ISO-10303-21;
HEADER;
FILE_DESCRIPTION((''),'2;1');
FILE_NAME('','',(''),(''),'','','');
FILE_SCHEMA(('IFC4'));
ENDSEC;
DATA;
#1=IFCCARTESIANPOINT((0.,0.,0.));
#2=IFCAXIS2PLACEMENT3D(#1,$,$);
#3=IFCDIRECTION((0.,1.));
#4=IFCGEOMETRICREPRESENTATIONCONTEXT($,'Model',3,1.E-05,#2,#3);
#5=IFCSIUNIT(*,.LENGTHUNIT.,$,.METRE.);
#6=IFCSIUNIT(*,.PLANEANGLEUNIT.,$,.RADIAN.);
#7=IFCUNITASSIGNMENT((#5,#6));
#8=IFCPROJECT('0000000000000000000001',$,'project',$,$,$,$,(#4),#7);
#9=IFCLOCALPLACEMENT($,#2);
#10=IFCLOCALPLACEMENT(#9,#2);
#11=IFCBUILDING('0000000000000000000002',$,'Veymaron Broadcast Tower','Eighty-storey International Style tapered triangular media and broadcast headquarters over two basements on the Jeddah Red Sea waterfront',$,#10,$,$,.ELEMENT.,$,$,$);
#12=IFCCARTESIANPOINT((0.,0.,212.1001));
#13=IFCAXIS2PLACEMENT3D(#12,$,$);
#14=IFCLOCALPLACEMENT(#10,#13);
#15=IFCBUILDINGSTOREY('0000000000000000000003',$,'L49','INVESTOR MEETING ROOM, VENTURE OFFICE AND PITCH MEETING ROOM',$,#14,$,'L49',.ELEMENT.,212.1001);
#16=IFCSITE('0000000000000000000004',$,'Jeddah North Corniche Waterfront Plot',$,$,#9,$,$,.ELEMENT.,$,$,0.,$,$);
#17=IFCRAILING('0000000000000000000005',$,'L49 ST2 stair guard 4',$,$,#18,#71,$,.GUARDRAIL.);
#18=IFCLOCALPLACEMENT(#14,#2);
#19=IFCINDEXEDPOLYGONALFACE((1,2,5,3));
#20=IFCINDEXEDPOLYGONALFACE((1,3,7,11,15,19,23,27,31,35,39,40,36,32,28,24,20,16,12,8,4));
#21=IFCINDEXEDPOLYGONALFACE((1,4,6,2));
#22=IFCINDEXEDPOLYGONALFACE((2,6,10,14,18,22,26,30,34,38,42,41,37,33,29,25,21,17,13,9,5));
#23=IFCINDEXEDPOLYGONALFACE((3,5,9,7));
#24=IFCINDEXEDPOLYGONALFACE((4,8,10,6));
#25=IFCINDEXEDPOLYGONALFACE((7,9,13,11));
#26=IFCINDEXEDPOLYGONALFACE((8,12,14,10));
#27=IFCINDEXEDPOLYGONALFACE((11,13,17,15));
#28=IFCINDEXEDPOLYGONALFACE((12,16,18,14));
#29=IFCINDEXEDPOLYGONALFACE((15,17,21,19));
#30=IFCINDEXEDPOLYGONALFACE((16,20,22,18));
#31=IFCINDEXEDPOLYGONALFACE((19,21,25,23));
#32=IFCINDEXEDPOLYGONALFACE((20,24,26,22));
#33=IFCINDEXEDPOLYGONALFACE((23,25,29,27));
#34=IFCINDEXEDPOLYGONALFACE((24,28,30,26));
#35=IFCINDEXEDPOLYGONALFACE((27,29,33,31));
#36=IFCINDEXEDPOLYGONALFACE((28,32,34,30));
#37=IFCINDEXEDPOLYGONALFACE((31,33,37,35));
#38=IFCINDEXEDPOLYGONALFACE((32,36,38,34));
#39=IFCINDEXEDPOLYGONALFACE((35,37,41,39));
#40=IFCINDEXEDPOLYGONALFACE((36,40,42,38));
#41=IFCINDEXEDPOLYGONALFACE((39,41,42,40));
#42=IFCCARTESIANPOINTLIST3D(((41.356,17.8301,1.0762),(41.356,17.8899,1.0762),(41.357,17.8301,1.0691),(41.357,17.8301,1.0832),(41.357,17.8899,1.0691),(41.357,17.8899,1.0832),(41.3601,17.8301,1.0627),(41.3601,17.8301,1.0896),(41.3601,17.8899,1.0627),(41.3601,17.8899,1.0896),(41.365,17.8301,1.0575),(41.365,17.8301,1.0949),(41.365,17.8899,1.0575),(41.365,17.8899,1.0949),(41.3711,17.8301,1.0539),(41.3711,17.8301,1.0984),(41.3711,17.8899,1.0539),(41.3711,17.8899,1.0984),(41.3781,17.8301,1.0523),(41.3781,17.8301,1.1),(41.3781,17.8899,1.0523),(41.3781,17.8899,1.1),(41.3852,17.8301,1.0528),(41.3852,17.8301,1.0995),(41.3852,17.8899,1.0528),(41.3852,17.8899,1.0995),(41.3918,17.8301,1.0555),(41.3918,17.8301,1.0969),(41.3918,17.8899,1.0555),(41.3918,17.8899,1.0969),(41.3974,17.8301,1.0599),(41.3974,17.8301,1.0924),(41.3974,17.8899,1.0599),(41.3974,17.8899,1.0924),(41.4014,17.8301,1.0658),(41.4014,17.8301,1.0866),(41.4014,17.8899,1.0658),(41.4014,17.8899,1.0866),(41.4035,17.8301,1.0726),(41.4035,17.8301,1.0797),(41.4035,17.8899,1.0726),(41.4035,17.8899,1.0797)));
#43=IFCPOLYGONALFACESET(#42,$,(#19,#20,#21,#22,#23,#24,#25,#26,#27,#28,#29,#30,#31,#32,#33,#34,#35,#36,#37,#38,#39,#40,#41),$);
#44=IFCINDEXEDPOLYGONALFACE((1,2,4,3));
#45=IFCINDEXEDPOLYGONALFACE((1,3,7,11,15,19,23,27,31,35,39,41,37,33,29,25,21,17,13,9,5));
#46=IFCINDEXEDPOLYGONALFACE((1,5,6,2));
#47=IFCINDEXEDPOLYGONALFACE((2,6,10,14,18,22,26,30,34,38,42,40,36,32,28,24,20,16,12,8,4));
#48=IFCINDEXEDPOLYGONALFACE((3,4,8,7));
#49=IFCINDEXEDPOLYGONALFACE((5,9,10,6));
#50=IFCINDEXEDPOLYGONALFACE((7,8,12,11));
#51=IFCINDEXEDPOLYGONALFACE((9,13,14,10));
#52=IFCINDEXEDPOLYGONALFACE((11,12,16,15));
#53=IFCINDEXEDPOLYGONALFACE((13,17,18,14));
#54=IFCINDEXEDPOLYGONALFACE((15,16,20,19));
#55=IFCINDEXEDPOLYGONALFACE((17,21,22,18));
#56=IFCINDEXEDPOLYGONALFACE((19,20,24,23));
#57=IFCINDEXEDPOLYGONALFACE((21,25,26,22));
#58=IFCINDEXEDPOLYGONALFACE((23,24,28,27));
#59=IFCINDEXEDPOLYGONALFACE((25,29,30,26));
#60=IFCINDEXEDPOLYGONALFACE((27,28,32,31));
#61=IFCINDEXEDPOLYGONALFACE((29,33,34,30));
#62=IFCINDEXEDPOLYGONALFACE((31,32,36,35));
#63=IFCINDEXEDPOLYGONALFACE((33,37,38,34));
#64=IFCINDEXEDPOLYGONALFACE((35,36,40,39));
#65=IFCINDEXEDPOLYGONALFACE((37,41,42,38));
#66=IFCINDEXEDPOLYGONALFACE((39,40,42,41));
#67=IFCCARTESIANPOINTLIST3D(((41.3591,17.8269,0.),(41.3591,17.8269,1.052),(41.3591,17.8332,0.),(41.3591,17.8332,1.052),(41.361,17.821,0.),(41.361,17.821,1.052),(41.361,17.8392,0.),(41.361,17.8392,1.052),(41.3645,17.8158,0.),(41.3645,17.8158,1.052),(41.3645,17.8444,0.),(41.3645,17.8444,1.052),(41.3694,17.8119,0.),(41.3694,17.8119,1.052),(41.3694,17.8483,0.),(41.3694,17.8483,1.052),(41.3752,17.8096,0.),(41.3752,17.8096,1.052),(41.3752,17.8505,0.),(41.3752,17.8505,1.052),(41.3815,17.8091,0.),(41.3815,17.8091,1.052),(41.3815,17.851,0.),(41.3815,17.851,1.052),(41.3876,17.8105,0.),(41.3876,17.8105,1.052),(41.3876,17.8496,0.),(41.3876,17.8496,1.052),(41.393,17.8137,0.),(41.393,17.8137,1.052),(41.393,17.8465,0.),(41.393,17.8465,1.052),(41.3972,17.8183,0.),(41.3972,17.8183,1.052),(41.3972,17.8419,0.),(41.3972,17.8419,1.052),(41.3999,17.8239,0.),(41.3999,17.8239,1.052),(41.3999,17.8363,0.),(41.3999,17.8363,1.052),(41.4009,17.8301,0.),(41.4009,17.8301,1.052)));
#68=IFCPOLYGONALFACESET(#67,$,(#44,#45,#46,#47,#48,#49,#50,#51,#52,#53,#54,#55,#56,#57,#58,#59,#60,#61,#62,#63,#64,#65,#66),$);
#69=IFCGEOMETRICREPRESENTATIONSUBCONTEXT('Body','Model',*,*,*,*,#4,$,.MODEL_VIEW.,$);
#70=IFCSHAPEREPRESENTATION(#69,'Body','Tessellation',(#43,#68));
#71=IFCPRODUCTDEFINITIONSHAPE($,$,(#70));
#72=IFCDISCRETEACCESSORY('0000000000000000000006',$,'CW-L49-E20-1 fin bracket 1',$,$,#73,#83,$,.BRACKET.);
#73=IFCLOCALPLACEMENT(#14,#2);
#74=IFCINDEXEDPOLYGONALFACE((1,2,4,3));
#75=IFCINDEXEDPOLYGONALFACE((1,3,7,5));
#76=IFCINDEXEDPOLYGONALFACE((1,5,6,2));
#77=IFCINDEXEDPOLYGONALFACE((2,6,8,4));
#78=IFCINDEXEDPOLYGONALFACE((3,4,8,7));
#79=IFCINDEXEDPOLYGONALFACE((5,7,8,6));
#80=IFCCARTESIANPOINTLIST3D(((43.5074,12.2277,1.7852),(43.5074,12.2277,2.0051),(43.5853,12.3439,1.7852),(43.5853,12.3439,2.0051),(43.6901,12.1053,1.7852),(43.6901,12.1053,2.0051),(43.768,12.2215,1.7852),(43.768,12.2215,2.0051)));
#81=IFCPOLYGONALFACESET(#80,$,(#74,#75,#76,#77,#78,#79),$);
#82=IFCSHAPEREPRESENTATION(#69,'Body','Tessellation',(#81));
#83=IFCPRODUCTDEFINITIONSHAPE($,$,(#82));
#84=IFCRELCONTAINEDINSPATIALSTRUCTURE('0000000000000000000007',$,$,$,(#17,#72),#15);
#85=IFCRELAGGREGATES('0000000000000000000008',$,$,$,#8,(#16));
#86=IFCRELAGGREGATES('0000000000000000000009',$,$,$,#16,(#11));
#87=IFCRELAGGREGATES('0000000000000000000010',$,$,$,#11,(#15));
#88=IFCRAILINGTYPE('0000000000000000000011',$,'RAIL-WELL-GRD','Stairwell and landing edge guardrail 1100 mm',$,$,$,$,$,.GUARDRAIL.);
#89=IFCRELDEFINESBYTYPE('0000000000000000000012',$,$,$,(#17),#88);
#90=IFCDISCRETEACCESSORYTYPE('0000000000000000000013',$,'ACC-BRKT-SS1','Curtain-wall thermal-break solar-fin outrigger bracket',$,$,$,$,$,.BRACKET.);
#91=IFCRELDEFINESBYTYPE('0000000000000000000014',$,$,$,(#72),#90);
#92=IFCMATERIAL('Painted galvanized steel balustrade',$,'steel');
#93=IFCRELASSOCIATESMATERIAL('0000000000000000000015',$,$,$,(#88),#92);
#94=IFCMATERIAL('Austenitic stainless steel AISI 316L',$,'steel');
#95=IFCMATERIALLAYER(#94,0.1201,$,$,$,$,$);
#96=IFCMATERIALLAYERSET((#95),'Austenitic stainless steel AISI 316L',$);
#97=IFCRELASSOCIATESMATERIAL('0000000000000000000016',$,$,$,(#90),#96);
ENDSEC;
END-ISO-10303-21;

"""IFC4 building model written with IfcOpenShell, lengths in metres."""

from ifc_helpers import new_model, si_unit, direction, frame, origin, origin_2d, place, context, subcontext, project, spatial, rectangle, circle, extrude, material, layer, layer_set, type_object, element, save


model = new_model("IFC4")

# Units and contexts
model_context = context("Model", 3, precision=1e-05, world=origin(), true_north=direction((0.0, 1.0)))
body_context = subcontext(model_context, "Body", "Model", "MODEL_VIEW")
ifc_project = project(units=[si_unit("LENGTHUNIT", "METRE"), si_unit("PLANEANGLEUNIT", "RADIAN")], contexts=[model_context])

# Site, building, storey
site_placement = place(None, origin())
site = spatial("IfcSite", under=ifc_project, at=site_placement, Name="Jeddah North Corniche Waterfront Plot", CompositionType="ELEMENT", RefElevation=0.0)
building_placement = place(site_placement, origin())
building = spatial("IfcBuilding", under=site, at=building_placement, Name="Veymaron Broadcast Tower", Description="Eighty-storey International Style tapered triangular media and broadcast headquarters over two basements on the Jeddah Red Sea waterfront", CompositionType="ELEMENT")
storey_placement = place(building_placement, frame((0.0, 0.0, 212.1001)))
storey = spatial("IfcBuildingStorey", under=building, at=storey_placement, Name="L49", Description="INVESTOR MEETING ROOM, VENTURE OFFICE AND PITCH MEETING ROOM", LongName="L49", CompositionType="ELEMENT", Elevation=212.1001)

# Railing
ifc_material_1 = material(Name="Painted galvanized steel balustrade", Category="steel")
railing_type_1 = type_object("IfcRailingType", Name="RAIL-WELL-GRD", Description="Stairwell and landing edge guardrail 1100 mm", PredefinedType="GUARDRAIL", material=ifc_material_1)
railing_1_placement = place(storey_placement, frame((41.3799, 17.8301, 0.0)))
element("IfcRailing", 1, at=railing_1_placement, inside=storey, type_object=railing_type_1, Name="L49 ST2 stair guard 4", PredefinedType="GUARDRAIL", context=body_context, shape_type="SweptSolid", body=[
    extrude(circle(Radius=0.0239, at=origin_2d()), frame((0.0, 0.0, 1.0762), z_axis=(0.0, 1.0, 0.0), x_axis=(-1.0, 0.0, 0.0)), (0.0, 0.0, 1.0), 0.0598),
    extrude(circle(Radius=0.021, at=origin_2d()), origin(), (0.0, 0.0, 1.0), 1.052),
])

# Discrete accessory
ifc_material_2 = material(Name="Austenitic stainless steel AISI 316L", Category="steel")
ifc_layer_1 = layer(ifc_material_2, 0.1201)
ifc_layer_set_1 = layer_set([ifc_layer_1], Name="Austenitic stainless steel AISI 316L")
discrete_accessory_type = type_object("IfcDiscreteAccessoryType", Name="ACC-BRKT-SS1", Description="Curtain-wall thermal-break solar-fin outrigger bracket", PredefinedType="BRACKET", material=ifc_layer_set_1)
discrete_accessory_placement = place(storey_placement, frame((43.6377, 12.2246, 1.7852), z_axis=(0.0, 0.0, 1.0), x_axis=(0.830742, -0.556658, 0.0)))
element("IfcDiscreteAccessory", 2, at=discrete_accessory_placement, inside=storey, type_object=discrete_accessory_type, Name="CW-L49-E20-1 fin bracket 1", PredefinedType="BRACKET", context=body_context, shape_type="SweptSolid", body=[
    extrude(rectangle(XDim=0.22, YDim=0.1399, at=origin_2d()), origin(), (0.0, 0.0, 1.0), 0.22),
])

save(model, "model.ifc")
